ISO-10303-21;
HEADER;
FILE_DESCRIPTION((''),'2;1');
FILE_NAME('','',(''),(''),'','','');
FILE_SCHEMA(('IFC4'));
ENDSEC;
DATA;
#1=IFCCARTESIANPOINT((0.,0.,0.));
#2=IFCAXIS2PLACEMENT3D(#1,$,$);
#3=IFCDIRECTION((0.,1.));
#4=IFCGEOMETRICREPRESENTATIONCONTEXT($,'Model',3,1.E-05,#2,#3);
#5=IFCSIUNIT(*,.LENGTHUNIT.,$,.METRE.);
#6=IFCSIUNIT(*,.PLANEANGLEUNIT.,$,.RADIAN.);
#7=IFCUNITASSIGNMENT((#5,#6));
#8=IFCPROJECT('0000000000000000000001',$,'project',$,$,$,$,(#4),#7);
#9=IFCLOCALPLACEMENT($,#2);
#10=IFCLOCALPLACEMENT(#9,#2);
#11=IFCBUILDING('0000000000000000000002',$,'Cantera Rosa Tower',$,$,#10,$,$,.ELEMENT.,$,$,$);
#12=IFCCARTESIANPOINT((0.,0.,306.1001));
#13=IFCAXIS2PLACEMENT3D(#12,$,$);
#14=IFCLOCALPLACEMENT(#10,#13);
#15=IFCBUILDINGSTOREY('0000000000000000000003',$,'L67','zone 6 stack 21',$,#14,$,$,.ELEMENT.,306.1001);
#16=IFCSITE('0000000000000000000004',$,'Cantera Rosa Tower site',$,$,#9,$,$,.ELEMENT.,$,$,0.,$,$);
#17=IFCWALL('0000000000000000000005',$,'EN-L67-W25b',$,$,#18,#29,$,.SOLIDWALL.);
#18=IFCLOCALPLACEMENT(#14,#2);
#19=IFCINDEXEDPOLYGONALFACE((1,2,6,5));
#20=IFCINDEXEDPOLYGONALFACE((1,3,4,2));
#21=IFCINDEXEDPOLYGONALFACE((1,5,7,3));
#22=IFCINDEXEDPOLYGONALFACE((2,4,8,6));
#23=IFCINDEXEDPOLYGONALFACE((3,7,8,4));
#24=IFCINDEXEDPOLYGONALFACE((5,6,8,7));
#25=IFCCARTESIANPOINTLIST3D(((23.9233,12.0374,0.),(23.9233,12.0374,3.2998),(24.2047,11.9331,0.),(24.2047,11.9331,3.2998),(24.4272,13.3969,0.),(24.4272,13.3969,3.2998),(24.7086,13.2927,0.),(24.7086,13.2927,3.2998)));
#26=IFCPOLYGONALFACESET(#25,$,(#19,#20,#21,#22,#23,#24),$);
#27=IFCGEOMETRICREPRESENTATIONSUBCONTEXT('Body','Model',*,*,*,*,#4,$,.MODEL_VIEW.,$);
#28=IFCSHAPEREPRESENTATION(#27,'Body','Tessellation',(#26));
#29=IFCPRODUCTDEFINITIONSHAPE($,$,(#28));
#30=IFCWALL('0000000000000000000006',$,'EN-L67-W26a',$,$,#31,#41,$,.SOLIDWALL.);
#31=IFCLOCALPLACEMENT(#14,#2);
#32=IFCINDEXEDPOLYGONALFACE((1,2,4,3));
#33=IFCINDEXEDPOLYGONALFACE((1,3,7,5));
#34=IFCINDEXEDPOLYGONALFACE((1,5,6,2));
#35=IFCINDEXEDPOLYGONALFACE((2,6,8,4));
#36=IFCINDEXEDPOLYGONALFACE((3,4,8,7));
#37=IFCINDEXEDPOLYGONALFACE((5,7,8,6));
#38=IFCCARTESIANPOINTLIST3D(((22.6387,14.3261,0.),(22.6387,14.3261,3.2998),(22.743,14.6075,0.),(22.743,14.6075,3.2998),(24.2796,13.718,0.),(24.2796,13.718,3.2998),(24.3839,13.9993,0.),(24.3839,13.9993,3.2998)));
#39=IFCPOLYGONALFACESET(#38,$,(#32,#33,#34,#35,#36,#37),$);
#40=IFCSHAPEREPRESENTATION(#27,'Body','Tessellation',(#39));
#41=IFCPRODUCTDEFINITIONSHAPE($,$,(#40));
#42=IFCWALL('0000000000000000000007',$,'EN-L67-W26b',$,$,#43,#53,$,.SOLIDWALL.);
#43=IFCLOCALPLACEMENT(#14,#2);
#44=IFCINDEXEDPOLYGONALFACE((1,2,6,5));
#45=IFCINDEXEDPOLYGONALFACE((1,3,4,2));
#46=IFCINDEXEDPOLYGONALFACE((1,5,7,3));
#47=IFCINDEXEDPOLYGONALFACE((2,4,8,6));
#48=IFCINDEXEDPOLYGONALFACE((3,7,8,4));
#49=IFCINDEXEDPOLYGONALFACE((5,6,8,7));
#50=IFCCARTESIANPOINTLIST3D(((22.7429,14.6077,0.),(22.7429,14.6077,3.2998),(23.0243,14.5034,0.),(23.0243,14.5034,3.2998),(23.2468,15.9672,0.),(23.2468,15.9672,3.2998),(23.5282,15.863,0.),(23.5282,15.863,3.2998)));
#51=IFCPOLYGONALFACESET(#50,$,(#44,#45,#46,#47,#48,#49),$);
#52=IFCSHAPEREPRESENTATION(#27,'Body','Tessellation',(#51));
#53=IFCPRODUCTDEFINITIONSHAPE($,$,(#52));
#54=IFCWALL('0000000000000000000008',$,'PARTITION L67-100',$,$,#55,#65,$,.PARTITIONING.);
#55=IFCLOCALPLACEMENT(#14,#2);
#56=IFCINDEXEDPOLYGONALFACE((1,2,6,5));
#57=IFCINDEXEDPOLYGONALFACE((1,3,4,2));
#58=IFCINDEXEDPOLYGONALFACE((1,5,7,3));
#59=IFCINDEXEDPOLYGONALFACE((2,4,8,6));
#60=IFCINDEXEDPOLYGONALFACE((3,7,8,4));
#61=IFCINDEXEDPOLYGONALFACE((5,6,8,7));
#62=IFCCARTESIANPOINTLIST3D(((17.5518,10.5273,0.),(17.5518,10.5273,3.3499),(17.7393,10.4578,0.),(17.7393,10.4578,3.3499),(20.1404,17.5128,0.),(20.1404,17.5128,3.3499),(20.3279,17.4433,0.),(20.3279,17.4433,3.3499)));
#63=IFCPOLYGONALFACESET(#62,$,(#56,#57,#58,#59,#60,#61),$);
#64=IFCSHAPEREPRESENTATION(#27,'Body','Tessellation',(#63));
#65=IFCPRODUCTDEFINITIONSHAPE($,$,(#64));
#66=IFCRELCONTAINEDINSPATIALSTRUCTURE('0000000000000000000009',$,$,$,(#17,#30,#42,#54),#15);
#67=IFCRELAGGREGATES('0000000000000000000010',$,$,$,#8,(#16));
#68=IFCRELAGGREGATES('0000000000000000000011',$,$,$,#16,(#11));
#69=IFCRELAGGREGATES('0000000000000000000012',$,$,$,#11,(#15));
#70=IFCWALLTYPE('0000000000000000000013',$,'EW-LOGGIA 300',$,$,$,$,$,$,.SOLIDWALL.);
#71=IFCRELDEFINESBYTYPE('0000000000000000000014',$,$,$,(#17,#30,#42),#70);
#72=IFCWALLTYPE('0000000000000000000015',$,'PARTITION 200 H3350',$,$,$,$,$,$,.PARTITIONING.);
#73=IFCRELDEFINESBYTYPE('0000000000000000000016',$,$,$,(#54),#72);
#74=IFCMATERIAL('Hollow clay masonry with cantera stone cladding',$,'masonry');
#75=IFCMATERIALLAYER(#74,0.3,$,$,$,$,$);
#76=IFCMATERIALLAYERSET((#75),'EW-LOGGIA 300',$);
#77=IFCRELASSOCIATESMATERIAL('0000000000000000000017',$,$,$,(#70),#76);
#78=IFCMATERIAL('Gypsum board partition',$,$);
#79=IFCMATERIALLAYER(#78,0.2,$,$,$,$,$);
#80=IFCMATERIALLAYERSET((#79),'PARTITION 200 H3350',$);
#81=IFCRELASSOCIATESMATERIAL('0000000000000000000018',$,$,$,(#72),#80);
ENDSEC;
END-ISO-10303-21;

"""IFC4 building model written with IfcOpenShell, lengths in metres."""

from ifc_helpers import new_model, si_unit, direction, frame, frame_2d, origin, place, context, subcontext, project, spatial, rectangle, extrude, material, layer, layer_set, type_object, element, save


model = new_model("IFC4")

# Units and contexts
model_context = context("Model", 3, precision=1e-05, world=origin(), true_north=direction((0.0, 1.0)))
body_context = subcontext(model_context, "Body", "Model", "MODEL_VIEW")
ifc_project = project(units=[si_unit("LENGTHUNIT", "METRE"), si_unit("PLANEANGLEUNIT", "RADIAN")], contexts=[model_context])

# Site, building, storey
site_placement = place(None, origin())
site = spatial("IfcSite", under=ifc_project, at=site_placement, Name="Cantera Rosa Tower site", CompositionType="ELEMENT", RefElevation=0.0)
building_placement = place(site_placement, origin())
building = spatial("IfcBuilding", under=site, at=building_placement, Name="Cantera Rosa Tower", CompositionType="ELEMENT")
storey_placement = place(building_placement, frame((0.0, 0.0, 306.1001)))
storey = spatial("IfcBuildingStorey", under=building, at=storey_placement, Name="L67", Description="zone 6 stack 21", CompositionType="ELEMENT", Elevation=306.1001)

# Walls
ifc_material_1 = material(Name="Hollow clay masonry with cantera stone cladding", Category="masonry")
ifc_layer_1 = layer(ifc_material_1, 0.3)
ifc_layer_set_1 = layer_set([ifc_layer_1], Name="EW-LOGGIA 300")
wall_type_1 = type_object("IfcWallType", Name="EW-LOGGIA 300", PredefinedType="SOLIDWALL", material=ifc_layer_set_1)
wall_1_placement = place(storey_placement, frame((24.064, 11.9851, 0.0), z_axis=(0.0, 0.0, 1.0), x_axis=(0.347523, 0.937672, 0.0)))
element("IfcWall", 1, at=wall_1_placement, inside=storey, type_object=wall_type_1, Name="EN-L67-W25b", PredefinedType="SOLIDWALL", context=body_context, shape_type="SweptSolid", body=[
    extrude(rectangle(XDim=1.45, YDim=0.3, at=frame_2d((0.7251, 0.0))), origin(), (0.0, 0.0, 1.0), 3.2998),
])
wall_2_placement = place(storey_placement, frame((24.3318, 13.8586, 0.0), z_axis=(0.0, 0.0, 1.0), x_axis=(-0.93767, 0.347528, 0.0)))
element("IfcWall", 2, at=wall_2_placement, inside=storey, type_object=wall_type_1, Name="EN-L67-W26a", PredefinedType="SOLIDWALL", context=body_context, shape_type="SweptSolid", body=[
    extrude(rectangle(XDim=1.75, YDim=0.3, at=frame_2d((0.875, 0.0))), origin(), (0.0, 0.0, 1.0), 3.2998),
])
wall_3_placement = place(storey_placement, frame((22.8835, 14.5554, 0.0), z_axis=(0.0, 0.0, 1.0), x_axis=(0.347523, 0.937672, 0.0)))
element("IfcWall", 3, at=wall_3_placement, inside=storey, type_object=wall_type_1, Name="EN-L67-W26b", PredefinedType="SOLIDWALL", context=body_context, shape_type="SweptSolid", body=[
    extrude(rectangle(XDim=1.45, YDim=0.3, at=frame_2d((0.7251, 0.0))), origin(), (0.0, 0.0, 1.0), 3.2998),
])

# Wall
ifc_material_2 = material(Name="Gypsum board partition")
ifc_layer_2 = layer(ifc_material_2, 0.2)
ifc_layer_set_2 = layer_set([ifc_layer_2], Name="PARTITION 200 H3350")
wall_type_2 = type_object("IfcWallType", Name="PARTITION 200 H3350", PredefinedType="PARTITIONING", material=ifc_layer_set_2)
wall_4_placement = place(storey_placement, frame((20.2341, 17.478, 0.0), z_axis=(0.0, 0.0, 1.0), x_axis=(-0.347476, -0.937689, 0.0)))
element("IfcWall", 4, at=wall_4_placement, inside=storey, type_object=wall_type_2, Name="PARTITION L67-100", PredefinedType="PARTITIONING", context=body_context, shape_type="SweptSolid", body=[
    extrude(rectangle(XDim=7.4497, YDim=0.2, at=frame_2d((3.7249, 0.0))), origin(), (0.0, 0.0, 1.0), 3.3499),
])

save(model, "model.ifc")
